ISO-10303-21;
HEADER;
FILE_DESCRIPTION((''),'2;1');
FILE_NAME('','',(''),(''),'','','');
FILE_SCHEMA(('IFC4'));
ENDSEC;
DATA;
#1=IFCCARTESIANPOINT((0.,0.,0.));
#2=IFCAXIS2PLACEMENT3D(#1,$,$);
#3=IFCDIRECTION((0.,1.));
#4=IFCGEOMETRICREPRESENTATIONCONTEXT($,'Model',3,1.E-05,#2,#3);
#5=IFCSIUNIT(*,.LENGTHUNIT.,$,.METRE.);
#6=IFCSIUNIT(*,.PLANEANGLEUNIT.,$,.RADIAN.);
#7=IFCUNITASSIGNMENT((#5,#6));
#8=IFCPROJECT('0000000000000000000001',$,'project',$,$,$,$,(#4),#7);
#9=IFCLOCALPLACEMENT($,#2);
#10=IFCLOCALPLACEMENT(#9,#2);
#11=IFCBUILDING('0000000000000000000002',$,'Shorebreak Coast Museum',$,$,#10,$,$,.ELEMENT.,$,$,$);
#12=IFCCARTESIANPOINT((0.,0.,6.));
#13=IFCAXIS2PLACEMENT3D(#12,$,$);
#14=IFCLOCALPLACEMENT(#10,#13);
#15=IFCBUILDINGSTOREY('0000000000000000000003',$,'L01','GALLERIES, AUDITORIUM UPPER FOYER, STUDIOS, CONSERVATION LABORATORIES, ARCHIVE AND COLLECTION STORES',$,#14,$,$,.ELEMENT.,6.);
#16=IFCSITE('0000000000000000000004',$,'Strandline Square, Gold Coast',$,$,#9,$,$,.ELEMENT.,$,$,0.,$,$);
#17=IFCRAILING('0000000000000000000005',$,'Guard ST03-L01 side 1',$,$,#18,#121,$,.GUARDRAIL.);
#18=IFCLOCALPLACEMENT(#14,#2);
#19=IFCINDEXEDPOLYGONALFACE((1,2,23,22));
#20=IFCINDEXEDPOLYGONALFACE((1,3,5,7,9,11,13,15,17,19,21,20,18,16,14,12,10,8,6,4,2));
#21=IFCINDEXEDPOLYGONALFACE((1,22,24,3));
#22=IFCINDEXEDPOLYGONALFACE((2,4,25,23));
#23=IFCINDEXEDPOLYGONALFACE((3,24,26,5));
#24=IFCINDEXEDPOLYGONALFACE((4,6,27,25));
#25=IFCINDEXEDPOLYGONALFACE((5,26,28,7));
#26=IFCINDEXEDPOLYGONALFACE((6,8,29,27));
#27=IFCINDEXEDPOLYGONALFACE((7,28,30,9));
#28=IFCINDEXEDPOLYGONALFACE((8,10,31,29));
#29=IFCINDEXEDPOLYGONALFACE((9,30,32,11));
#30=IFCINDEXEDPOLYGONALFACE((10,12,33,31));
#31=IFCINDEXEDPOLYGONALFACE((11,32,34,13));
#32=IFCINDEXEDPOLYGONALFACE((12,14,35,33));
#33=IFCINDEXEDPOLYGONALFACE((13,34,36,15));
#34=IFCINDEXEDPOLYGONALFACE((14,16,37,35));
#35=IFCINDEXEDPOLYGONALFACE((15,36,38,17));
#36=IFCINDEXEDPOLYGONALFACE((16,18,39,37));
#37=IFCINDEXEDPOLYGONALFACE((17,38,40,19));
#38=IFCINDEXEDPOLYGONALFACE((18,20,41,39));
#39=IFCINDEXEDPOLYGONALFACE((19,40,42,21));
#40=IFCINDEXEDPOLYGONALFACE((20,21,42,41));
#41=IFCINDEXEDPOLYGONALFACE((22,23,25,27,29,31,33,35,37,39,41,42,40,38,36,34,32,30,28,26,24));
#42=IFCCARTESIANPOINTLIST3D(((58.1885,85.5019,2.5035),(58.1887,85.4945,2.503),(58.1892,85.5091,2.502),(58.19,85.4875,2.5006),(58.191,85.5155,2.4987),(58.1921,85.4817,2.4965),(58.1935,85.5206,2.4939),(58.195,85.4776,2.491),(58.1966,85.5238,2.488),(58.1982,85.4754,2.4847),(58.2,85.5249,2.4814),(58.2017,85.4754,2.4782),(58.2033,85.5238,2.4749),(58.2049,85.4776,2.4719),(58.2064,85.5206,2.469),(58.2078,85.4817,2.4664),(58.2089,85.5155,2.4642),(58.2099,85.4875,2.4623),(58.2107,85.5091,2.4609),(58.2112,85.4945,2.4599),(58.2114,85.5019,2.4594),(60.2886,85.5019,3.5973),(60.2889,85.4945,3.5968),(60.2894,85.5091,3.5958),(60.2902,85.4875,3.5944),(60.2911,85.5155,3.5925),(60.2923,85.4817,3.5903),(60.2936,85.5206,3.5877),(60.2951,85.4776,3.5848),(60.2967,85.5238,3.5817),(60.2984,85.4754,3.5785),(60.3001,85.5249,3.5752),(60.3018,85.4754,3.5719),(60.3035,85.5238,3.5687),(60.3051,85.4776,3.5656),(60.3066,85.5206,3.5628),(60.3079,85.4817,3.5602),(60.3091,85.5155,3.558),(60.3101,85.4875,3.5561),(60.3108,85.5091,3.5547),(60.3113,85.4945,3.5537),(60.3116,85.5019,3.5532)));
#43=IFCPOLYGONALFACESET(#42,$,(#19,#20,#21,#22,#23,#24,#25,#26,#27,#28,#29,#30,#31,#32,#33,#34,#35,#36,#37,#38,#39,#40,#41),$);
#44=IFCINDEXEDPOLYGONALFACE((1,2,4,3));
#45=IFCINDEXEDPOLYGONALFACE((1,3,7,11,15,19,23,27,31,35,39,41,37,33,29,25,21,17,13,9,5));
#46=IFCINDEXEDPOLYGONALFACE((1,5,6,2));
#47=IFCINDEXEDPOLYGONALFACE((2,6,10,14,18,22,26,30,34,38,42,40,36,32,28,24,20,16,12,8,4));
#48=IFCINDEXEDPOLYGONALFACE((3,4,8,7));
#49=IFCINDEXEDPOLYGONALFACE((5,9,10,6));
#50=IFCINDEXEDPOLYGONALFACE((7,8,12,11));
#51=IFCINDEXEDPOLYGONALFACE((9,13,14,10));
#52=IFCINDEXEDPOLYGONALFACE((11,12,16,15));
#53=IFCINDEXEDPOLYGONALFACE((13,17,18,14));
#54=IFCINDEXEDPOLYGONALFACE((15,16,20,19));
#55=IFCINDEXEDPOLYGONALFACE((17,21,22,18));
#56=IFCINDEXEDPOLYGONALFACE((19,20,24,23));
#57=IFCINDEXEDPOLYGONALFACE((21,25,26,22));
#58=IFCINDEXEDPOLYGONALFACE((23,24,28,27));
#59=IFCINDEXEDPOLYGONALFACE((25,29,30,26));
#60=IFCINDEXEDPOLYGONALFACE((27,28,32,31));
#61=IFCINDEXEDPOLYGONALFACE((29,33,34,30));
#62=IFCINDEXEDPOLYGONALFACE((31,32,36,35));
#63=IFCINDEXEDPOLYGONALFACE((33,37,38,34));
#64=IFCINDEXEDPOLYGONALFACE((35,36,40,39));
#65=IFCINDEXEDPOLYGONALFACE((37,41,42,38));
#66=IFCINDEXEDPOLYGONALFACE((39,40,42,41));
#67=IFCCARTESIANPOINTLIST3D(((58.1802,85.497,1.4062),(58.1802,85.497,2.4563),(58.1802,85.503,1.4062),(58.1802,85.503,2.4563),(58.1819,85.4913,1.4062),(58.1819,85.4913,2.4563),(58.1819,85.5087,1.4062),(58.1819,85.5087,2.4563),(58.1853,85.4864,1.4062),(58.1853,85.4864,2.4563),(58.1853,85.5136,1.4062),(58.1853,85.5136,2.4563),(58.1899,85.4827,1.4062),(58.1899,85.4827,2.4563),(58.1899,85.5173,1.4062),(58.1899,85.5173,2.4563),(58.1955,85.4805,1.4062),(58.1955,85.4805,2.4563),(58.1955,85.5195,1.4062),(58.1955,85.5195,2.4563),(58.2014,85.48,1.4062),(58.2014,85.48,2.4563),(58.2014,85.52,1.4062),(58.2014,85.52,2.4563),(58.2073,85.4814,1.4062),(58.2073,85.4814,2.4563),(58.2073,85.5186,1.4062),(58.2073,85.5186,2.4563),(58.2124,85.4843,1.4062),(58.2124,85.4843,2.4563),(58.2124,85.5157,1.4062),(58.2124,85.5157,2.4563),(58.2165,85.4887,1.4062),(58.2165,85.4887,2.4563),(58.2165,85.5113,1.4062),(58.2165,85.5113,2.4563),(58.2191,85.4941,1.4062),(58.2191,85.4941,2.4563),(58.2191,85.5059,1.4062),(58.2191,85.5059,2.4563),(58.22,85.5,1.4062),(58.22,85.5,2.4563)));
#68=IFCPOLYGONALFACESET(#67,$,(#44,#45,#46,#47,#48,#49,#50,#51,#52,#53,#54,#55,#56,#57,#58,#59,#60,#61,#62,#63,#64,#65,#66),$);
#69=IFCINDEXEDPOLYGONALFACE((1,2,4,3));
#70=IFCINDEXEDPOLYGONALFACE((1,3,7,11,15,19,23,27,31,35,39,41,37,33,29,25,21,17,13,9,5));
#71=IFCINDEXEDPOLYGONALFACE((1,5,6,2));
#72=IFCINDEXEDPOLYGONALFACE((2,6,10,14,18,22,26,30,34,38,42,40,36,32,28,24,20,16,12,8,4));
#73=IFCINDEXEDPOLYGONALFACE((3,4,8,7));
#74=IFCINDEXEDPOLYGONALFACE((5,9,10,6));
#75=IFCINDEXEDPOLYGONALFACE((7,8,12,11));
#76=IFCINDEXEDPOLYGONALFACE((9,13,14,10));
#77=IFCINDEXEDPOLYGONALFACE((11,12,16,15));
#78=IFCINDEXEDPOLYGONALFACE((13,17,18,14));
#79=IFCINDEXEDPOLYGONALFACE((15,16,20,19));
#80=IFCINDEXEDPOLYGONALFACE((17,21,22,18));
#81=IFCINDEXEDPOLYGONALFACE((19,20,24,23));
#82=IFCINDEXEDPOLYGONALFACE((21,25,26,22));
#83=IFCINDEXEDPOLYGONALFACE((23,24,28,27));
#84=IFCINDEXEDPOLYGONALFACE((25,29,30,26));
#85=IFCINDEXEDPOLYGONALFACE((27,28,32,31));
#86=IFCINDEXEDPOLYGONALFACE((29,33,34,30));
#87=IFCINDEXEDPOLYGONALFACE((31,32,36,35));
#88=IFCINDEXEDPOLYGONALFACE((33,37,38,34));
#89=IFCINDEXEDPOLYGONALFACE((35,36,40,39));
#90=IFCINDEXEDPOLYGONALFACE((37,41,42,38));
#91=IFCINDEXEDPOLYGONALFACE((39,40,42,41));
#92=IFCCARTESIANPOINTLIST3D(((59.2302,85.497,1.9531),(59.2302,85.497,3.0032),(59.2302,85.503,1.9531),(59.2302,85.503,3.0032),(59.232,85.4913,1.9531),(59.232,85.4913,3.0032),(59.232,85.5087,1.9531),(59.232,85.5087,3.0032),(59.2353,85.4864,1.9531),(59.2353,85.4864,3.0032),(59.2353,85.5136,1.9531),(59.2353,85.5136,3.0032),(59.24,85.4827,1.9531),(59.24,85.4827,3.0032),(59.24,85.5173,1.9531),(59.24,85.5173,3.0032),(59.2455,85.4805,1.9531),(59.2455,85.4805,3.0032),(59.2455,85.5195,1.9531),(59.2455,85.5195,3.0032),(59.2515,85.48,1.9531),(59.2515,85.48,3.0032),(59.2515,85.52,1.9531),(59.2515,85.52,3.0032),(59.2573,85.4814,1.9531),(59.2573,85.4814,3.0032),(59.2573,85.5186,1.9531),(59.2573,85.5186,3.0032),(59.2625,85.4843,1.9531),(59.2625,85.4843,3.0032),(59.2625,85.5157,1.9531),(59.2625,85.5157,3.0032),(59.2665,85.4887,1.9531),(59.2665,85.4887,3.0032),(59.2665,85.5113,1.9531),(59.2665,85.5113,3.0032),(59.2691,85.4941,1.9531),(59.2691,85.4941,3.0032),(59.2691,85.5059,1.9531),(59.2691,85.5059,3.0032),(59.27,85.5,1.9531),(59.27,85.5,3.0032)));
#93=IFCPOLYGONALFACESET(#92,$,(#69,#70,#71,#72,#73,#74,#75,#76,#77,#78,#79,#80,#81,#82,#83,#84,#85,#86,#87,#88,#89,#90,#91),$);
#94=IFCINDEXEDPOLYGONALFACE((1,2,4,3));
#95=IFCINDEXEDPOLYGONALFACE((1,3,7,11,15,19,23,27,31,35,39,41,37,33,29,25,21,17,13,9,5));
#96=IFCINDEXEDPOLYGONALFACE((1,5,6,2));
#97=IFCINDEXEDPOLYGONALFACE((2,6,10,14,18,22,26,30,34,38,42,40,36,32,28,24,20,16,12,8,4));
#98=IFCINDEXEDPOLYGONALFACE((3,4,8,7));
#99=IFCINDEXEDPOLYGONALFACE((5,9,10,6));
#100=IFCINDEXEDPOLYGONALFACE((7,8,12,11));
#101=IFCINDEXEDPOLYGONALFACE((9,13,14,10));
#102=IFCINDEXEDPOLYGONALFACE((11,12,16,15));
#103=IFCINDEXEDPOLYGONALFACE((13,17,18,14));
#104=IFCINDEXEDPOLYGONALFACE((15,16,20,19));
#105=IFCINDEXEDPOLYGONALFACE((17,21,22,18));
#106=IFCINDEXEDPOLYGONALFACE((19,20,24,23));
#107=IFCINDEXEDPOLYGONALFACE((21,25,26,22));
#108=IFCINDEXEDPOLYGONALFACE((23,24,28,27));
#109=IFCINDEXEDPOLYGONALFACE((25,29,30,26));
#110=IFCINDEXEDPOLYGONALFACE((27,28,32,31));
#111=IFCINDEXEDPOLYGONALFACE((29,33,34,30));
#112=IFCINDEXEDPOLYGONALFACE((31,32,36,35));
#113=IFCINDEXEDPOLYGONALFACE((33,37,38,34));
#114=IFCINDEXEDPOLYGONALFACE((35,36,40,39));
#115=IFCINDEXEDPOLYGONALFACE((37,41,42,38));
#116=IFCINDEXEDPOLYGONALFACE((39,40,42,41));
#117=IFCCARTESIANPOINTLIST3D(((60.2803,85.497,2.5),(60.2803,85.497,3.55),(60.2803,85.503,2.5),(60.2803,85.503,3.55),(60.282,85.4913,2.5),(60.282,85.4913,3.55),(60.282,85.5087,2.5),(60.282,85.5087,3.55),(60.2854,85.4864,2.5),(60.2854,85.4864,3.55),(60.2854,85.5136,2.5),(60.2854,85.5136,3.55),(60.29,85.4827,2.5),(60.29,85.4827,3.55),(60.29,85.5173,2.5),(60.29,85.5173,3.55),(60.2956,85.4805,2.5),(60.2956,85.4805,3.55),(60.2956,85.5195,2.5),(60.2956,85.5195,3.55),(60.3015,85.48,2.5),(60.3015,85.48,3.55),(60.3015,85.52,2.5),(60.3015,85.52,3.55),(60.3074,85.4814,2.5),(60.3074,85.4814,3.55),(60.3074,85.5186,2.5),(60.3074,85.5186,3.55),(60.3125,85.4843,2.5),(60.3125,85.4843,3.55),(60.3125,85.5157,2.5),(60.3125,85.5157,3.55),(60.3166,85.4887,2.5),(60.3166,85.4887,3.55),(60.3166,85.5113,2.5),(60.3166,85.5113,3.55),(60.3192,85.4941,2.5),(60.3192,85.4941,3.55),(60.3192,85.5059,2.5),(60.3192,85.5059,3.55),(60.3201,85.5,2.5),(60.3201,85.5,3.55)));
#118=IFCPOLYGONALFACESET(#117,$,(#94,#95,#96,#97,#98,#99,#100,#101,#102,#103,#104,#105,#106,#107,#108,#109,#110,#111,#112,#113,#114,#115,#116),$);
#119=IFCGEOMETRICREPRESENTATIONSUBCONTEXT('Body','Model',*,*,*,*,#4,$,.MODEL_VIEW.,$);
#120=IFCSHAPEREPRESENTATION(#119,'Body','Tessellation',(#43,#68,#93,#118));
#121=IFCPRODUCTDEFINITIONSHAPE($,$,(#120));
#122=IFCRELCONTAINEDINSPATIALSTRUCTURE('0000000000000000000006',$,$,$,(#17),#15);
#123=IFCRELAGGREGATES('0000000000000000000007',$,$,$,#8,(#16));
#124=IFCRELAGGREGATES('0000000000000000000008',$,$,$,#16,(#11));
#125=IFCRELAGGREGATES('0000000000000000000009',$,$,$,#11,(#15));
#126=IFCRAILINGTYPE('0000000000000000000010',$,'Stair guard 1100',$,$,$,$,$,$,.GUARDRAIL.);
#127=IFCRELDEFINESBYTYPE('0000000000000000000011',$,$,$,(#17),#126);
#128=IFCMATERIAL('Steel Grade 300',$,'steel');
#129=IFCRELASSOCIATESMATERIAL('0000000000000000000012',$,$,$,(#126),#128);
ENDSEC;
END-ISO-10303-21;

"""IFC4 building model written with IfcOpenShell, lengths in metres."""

from ifc_helpers import new_model, si_unit, direction, frame, origin, origin_2d, place, context, subcontext, project, spatial, circle, extrude, material, type_object, element, save


model = new_model("IFC4")

# Units and contexts
model_context = context("Model", 3, precision=1e-05, world=origin(), true_north=direction((0.0, 1.0)))
body_context = subcontext(model_context, "Body", "Model", "MODEL_VIEW")
ifc_project = project(units=[si_unit("LENGTHUNIT", "METRE"), si_unit("PLANEANGLEUNIT", "RADIAN")], contexts=[model_context])

# Site, building, storey
site_placement = place(None, origin())
site = spatial("IfcSite", under=ifc_project, at=site_placement, Name="Strandline Square, Gold Coast", CompositionType="ELEMENT", RefElevation=0.0)
building_placement = place(site_placement, origin())
building = spatial("IfcBuilding", under=site, at=building_placement, Name="Shorebreak Coast Museum", CompositionType="ELEMENT")
storey_placement = place(building_placement, frame((0.0, 0.0, 6.0)))
storey = spatial("IfcBuildingStorey", under=building, at=storey_placement, Name="L01", Description="GALLERIES, AUDITORIUM UPPER FOYER, STUDIOS, CONSERVATION LABORATORIES, ARCHIVE AND COLLECTION STORES", CompositionType="ELEMENT", Elevation=6.0)

# Railing
ifc_material_1 = material(Name="Steel Grade 300", Category="steel")
railing_type_1 = type_object("IfcRailingType", Name="Stair guard 1100", PredefinedType="GUARDRAIL", material=ifc_material_1)
for number, where, name in (
    (1, (58.2, 85.5, 1.4062), "Guard ST03-L01 side 1"),
):
    element("IfcRailing", number, at=place(storey_placement, frame(where)), inside=storey, type_object=railing_type_1, Name=name, PredefinedType="GUARDRAIL", context=body_context, shape_type="SweptSolid", body=[
        extrude(circle(Radius=0.0249, at=origin_2d()), frame((0.0, 0.0, 1.0752), z_axis=(0.886923, 0.0, 0.461918), x_axis=(0.0, 1.0, 0.0)), (0.0, 0.0, 1.0), 2.3679),
        extrude(circle(Radius=0.02, at=origin_2d()), origin(), (0.0, 0.0, 1.0), 1.05),
        extrude(circle(Radius=0.02, at=origin_2d()), frame((1.05, 0.0, 0.5469)), (0.0, 0.0, 1.0), 1.05),
        extrude(circle(Radius=0.02, at=origin_2d()), frame((2.1001, 0.0, 1.0938)), (0.0, 0.0, 1.0), 1.05),
    ])

save(model, "model.ifc")
